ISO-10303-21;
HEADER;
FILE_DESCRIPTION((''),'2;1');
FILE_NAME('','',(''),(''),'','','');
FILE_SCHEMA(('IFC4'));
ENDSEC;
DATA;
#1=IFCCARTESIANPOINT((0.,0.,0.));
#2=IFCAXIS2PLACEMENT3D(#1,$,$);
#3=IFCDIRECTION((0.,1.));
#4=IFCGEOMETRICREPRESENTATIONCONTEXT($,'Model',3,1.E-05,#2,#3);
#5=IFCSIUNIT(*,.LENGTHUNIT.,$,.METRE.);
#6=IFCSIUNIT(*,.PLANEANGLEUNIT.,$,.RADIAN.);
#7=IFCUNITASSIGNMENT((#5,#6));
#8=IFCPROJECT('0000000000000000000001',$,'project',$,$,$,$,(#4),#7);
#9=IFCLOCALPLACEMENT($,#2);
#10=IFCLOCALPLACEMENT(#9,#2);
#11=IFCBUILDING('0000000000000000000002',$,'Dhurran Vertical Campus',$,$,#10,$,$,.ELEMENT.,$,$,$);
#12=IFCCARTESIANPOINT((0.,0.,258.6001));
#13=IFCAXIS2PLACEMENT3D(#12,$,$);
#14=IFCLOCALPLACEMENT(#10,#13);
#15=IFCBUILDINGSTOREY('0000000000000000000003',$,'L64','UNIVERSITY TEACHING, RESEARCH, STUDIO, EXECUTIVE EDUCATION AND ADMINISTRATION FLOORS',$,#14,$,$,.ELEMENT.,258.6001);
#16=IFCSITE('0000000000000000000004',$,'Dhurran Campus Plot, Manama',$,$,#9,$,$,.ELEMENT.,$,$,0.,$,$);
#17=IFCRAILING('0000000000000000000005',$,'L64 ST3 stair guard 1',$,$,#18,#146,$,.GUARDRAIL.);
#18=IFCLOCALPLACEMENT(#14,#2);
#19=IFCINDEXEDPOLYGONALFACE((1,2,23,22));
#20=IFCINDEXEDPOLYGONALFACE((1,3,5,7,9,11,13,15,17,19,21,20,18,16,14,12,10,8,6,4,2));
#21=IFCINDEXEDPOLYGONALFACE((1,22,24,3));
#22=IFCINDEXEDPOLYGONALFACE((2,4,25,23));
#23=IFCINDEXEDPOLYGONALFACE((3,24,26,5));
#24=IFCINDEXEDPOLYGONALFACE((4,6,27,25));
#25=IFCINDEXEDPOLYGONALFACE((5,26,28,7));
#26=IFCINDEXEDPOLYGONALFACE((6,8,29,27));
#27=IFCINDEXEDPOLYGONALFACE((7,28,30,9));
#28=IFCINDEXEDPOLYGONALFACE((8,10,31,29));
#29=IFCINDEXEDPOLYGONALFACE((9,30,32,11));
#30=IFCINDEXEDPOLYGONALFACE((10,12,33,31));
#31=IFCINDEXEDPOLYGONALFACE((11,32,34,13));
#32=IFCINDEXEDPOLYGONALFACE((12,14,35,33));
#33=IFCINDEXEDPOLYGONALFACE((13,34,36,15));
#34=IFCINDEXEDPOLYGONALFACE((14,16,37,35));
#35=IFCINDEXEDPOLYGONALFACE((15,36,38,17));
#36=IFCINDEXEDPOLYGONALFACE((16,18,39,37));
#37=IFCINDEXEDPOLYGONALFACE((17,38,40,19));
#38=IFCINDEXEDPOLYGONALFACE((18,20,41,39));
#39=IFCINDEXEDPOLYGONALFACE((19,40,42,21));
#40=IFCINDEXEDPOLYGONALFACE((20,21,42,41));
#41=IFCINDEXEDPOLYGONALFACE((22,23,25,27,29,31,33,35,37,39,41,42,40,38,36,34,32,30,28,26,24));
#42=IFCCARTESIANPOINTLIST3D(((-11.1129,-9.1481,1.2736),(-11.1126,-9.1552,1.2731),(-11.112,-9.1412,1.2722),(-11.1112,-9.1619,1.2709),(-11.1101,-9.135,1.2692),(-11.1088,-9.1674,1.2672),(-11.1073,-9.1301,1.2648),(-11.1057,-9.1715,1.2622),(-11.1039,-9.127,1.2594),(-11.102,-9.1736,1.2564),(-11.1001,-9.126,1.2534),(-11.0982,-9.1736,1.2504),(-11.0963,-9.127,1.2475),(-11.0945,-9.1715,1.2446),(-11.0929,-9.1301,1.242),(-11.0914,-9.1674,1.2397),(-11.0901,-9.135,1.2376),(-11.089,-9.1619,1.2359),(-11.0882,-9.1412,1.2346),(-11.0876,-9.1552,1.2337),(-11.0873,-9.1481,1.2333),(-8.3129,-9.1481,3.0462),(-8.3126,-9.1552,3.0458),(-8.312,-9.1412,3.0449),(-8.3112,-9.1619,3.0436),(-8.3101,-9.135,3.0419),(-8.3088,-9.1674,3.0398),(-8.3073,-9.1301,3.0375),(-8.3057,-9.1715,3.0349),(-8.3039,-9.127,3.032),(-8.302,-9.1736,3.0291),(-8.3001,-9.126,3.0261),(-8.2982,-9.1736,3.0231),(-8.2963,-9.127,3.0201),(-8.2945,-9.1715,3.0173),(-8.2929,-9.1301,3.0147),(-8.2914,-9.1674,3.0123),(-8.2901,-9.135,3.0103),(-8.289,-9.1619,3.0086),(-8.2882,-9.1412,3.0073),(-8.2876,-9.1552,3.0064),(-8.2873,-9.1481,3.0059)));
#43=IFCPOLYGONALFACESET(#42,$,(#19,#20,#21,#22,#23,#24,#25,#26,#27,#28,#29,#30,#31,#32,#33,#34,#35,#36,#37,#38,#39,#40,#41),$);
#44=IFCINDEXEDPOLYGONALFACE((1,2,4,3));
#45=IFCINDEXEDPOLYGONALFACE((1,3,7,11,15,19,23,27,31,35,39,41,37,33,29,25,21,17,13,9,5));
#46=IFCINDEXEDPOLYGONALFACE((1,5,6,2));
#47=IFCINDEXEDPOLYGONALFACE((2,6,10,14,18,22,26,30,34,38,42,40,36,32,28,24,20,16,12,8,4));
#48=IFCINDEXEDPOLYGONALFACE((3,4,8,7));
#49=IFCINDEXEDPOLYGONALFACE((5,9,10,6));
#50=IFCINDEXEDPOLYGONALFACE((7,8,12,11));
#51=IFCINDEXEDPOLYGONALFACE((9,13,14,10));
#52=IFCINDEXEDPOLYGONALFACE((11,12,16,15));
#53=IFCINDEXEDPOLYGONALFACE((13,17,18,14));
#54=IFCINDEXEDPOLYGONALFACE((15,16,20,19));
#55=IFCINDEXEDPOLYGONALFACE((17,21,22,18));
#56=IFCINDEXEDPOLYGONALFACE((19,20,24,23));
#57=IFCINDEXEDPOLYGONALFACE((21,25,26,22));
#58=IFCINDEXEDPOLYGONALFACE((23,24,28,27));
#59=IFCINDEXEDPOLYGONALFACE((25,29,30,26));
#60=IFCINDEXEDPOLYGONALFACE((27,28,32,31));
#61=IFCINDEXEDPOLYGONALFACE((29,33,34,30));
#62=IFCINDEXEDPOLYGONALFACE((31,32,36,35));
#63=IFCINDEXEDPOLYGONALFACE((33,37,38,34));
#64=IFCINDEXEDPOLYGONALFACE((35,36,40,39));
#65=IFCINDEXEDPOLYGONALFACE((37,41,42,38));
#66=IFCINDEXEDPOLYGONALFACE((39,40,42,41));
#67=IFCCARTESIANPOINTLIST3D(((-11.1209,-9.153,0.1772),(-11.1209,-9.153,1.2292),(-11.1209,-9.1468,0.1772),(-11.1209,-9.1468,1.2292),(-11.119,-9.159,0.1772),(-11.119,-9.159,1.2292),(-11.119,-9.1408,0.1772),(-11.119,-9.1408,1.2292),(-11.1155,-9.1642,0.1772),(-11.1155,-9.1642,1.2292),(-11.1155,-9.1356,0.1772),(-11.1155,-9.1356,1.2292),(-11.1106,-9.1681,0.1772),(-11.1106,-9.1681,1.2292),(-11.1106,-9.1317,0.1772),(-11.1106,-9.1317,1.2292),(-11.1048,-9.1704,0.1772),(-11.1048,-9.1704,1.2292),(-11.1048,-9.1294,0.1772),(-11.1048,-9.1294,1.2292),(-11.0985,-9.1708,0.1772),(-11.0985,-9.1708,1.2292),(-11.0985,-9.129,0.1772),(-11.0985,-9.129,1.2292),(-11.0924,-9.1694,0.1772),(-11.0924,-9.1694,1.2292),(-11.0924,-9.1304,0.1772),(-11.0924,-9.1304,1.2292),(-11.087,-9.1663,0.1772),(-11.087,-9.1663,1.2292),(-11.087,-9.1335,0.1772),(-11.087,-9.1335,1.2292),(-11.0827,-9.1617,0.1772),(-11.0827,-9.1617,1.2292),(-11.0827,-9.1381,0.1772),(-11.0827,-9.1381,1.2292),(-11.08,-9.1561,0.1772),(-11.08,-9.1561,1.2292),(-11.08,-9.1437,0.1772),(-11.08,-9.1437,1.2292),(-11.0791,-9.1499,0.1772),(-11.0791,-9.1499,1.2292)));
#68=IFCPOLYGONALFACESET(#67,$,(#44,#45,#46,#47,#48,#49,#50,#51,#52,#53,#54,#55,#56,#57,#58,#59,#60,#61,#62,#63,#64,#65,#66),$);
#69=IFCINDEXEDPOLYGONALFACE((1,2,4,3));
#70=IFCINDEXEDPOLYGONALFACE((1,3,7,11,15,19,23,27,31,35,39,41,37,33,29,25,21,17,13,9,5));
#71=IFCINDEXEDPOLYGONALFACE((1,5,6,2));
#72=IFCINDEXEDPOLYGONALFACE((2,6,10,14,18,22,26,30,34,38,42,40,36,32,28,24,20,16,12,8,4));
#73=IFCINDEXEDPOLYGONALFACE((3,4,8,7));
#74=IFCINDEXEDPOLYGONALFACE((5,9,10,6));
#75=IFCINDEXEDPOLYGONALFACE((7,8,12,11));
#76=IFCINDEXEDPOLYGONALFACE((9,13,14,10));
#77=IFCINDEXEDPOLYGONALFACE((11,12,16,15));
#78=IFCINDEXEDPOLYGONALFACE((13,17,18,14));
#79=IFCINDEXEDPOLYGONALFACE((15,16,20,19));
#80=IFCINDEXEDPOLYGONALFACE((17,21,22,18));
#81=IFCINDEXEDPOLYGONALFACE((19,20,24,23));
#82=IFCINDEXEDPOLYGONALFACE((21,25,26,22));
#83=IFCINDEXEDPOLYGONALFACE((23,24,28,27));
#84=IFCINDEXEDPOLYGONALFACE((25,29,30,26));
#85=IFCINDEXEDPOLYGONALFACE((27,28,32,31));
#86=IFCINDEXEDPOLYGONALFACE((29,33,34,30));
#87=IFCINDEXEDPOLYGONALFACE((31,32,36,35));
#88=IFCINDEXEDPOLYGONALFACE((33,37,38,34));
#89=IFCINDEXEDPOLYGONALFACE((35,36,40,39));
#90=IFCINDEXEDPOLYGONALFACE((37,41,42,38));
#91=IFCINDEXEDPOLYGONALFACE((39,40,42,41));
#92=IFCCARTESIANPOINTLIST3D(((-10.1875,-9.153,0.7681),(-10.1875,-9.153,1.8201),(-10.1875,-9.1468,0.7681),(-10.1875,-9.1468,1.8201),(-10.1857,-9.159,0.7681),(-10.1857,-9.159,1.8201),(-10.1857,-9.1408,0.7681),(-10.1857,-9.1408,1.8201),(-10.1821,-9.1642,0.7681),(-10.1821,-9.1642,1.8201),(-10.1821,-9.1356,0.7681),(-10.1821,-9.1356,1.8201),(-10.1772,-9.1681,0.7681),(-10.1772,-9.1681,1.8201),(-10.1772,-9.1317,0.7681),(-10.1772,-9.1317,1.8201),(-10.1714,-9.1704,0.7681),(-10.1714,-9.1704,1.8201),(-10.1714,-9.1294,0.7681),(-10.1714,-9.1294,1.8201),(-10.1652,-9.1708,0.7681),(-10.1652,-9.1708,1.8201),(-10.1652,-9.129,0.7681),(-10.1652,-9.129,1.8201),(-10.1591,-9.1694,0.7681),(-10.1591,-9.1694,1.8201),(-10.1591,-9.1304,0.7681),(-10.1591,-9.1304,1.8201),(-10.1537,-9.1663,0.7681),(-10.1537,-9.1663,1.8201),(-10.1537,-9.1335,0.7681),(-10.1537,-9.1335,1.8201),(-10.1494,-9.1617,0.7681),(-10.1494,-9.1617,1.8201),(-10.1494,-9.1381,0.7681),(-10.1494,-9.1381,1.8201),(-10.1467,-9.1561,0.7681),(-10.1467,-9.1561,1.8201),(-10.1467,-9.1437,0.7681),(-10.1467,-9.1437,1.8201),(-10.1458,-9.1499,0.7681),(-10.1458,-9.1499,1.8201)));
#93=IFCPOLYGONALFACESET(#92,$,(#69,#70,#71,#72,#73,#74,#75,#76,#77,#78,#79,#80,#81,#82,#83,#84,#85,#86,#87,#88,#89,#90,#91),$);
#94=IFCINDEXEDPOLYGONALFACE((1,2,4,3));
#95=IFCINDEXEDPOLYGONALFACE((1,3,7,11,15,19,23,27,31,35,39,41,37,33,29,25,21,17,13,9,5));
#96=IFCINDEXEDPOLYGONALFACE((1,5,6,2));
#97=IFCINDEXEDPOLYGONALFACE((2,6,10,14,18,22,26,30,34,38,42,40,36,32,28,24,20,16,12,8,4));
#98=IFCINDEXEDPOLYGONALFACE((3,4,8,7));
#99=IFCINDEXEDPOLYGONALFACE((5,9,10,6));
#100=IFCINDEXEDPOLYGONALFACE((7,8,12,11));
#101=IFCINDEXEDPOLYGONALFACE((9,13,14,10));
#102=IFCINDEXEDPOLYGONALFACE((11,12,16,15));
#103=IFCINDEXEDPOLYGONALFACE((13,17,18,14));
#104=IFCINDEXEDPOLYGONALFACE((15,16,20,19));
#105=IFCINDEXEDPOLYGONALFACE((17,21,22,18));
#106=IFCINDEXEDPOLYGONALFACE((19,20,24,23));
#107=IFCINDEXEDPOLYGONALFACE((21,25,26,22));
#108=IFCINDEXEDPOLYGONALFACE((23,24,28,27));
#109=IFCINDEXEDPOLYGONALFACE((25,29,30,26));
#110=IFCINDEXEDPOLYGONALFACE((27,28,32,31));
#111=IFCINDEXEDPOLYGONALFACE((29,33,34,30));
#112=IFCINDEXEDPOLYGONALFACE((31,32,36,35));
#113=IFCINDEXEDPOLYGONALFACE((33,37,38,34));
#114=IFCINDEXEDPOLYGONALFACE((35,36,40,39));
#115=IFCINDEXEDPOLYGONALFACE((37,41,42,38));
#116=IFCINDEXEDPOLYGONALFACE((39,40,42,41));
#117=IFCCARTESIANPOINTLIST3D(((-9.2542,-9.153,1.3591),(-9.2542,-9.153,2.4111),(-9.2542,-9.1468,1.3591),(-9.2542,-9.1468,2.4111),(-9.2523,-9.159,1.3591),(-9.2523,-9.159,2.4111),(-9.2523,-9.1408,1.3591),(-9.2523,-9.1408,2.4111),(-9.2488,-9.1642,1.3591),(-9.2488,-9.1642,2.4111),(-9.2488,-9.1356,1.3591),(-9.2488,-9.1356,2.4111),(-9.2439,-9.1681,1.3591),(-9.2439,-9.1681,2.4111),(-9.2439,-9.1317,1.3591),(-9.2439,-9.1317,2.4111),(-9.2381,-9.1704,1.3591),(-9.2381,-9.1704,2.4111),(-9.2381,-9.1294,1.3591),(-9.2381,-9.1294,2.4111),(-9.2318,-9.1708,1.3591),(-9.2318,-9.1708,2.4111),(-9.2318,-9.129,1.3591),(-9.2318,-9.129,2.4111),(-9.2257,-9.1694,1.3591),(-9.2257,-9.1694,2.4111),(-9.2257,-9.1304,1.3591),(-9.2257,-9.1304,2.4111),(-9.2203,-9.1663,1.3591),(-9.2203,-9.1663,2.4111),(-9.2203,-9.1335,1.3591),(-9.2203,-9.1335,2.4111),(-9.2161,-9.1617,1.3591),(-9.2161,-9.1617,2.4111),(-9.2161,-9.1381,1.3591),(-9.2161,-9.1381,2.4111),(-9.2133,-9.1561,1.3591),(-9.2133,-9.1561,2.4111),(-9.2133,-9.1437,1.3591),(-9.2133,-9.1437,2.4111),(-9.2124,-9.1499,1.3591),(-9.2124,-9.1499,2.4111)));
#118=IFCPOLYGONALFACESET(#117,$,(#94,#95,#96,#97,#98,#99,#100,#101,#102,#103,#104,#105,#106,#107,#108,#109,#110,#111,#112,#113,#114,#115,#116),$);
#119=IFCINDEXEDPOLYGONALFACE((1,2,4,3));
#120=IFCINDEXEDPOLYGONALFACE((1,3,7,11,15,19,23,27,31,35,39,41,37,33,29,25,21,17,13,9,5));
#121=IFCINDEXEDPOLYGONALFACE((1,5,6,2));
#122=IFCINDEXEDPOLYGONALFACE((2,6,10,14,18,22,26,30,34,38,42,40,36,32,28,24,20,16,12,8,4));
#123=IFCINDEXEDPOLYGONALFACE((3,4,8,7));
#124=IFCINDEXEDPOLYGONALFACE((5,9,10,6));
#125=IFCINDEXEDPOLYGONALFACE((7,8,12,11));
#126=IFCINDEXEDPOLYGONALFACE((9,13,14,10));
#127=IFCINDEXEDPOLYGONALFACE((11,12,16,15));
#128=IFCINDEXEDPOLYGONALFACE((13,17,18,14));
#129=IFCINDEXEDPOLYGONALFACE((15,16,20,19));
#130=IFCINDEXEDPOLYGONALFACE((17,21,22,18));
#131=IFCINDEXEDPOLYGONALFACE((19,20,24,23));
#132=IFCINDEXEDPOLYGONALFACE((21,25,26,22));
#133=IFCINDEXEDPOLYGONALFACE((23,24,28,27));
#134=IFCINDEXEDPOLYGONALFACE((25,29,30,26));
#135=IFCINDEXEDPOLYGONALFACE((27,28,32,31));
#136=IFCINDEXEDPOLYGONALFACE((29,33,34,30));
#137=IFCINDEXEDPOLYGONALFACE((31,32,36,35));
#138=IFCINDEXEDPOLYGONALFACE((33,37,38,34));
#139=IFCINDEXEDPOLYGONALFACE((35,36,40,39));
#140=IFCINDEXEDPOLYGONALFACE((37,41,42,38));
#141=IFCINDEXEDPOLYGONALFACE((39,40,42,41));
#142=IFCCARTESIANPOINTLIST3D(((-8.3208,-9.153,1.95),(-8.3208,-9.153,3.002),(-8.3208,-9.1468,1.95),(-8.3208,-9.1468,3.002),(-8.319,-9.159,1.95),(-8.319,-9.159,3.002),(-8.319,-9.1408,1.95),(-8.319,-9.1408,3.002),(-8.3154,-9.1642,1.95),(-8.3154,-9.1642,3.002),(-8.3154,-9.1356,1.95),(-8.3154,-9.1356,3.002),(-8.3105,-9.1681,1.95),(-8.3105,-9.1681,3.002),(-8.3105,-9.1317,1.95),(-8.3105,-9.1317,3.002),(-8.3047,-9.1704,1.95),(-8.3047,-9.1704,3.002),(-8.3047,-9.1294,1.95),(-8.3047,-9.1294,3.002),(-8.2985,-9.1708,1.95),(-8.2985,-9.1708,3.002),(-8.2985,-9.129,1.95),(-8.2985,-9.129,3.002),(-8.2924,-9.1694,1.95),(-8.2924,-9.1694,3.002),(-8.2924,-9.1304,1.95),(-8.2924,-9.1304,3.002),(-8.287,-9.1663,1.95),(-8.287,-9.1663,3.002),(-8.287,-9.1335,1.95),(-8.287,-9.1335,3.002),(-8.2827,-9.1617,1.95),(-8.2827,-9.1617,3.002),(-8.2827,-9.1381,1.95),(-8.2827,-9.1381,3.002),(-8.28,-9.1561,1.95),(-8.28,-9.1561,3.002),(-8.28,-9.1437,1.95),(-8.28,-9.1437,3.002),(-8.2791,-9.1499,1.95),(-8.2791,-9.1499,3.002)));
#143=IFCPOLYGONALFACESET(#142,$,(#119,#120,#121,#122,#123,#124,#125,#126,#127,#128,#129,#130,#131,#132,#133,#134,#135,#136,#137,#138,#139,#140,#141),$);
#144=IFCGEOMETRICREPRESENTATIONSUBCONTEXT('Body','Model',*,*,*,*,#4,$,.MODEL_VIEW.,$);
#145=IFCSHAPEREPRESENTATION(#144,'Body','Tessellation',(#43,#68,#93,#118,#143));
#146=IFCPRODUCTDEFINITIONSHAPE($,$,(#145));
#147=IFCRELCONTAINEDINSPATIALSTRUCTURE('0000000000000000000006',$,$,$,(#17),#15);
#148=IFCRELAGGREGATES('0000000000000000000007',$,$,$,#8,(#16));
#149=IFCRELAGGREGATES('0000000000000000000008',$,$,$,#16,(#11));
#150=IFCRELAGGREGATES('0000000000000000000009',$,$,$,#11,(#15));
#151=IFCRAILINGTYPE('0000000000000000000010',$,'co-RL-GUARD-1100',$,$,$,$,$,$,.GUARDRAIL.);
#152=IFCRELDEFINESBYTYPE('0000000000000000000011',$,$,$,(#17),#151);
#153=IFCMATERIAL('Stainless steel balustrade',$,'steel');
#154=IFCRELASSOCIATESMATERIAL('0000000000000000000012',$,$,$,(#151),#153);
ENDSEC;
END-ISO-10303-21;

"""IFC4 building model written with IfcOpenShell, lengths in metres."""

from ifc_helpers import new_model, si_unit, direction, frame, origin, origin_2d, place, context, subcontext, project, spatial, circle, extrude, material, type_object, element, save


model = new_model("IFC4")

# Units and contexts
model_context = context("Model", 3, precision=1e-05, world=origin(), true_north=direction((0.0, 1.0)))
body_context = subcontext(model_context, "Body", "Model", "MODEL_VIEW")
ifc_project = project(units=[si_unit("LENGTHUNIT", "METRE"), si_unit("PLANEANGLEUNIT", "RADIAN")], contexts=[model_context])

# Site, building, storey
site_placement = place(None, origin())
site = spatial("IfcSite", under=ifc_project, at=site_placement, Name="Dhurran Campus Plot, Manama", CompositionType="ELEMENT", RefElevation=0.0)
building_placement = place(site_placement, origin())
building = spatial("IfcBuilding", under=site, at=building_placement, Name="Dhurran Vertical Campus", CompositionType="ELEMENT")
storey_placement = place(building_placement, frame((0.0, 0.0, 258.6001)))
storey = spatial("IfcBuildingStorey", under=building, at=storey_placement, Name="L64", Description="UNIVERSITY TEACHING, RESEARCH, STUDIO, EXECUTIVE EDUCATION AND ADMINISTRATION FLOORS", CompositionType="ELEMENT", Elevation=258.6001)

# Railing
ifc_material_1 = material(Name="Stainless steel balustrade", Category="steel")
railing_type_1 = type_object("IfcRailingType", Name="co-RL-GUARD-1100", PredefinedType="GUARDRAIL", material=ifc_material_1)
railing_1_placement = place(storey_placement, frame((-11.1001, -9.1499, 0.1772)))
element("IfcRailing", 1, at=railing_1_placement, inside=storey, type_object=railing_type_1, Name="L64 ST3 stair guard 1", PredefinedType="GUARDRAIL", context=body_context, shape_type="SweptSolid", body=[
    extrude(circle(Radius=0.0239, at=origin_2d()), frame((0.0, 0.0, 1.0762), z_axis=(0.844909, 0.0, 0.53491), x_axis=(0.0, 1.0, 0.0)), (0.0, 0.0, 1.0), 3.314),
    extrude(circle(Radius=0.021, at=origin_2d()), origin(), (0.0, 0.0, 1.0), 1.052),
    extrude(circle(Radius=0.021, at=origin_2d()), frame((0.9333, 0.0, 0.5908)), (0.0, 0.0, 1.0), 1.052),
    extrude(circle(Radius=0.021, at=origin_2d()), frame((1.8667, 0.0, 1.1819)), (0.0, 0.0, 1.0), 1.052),
    extrude(circle(Radius=0.021, at=origin_2d()), frame((2.8, 0.0, 1.7727)), (0.0, 0.0, 1.0), 1.052),
])

save(model, "model.ifc")
